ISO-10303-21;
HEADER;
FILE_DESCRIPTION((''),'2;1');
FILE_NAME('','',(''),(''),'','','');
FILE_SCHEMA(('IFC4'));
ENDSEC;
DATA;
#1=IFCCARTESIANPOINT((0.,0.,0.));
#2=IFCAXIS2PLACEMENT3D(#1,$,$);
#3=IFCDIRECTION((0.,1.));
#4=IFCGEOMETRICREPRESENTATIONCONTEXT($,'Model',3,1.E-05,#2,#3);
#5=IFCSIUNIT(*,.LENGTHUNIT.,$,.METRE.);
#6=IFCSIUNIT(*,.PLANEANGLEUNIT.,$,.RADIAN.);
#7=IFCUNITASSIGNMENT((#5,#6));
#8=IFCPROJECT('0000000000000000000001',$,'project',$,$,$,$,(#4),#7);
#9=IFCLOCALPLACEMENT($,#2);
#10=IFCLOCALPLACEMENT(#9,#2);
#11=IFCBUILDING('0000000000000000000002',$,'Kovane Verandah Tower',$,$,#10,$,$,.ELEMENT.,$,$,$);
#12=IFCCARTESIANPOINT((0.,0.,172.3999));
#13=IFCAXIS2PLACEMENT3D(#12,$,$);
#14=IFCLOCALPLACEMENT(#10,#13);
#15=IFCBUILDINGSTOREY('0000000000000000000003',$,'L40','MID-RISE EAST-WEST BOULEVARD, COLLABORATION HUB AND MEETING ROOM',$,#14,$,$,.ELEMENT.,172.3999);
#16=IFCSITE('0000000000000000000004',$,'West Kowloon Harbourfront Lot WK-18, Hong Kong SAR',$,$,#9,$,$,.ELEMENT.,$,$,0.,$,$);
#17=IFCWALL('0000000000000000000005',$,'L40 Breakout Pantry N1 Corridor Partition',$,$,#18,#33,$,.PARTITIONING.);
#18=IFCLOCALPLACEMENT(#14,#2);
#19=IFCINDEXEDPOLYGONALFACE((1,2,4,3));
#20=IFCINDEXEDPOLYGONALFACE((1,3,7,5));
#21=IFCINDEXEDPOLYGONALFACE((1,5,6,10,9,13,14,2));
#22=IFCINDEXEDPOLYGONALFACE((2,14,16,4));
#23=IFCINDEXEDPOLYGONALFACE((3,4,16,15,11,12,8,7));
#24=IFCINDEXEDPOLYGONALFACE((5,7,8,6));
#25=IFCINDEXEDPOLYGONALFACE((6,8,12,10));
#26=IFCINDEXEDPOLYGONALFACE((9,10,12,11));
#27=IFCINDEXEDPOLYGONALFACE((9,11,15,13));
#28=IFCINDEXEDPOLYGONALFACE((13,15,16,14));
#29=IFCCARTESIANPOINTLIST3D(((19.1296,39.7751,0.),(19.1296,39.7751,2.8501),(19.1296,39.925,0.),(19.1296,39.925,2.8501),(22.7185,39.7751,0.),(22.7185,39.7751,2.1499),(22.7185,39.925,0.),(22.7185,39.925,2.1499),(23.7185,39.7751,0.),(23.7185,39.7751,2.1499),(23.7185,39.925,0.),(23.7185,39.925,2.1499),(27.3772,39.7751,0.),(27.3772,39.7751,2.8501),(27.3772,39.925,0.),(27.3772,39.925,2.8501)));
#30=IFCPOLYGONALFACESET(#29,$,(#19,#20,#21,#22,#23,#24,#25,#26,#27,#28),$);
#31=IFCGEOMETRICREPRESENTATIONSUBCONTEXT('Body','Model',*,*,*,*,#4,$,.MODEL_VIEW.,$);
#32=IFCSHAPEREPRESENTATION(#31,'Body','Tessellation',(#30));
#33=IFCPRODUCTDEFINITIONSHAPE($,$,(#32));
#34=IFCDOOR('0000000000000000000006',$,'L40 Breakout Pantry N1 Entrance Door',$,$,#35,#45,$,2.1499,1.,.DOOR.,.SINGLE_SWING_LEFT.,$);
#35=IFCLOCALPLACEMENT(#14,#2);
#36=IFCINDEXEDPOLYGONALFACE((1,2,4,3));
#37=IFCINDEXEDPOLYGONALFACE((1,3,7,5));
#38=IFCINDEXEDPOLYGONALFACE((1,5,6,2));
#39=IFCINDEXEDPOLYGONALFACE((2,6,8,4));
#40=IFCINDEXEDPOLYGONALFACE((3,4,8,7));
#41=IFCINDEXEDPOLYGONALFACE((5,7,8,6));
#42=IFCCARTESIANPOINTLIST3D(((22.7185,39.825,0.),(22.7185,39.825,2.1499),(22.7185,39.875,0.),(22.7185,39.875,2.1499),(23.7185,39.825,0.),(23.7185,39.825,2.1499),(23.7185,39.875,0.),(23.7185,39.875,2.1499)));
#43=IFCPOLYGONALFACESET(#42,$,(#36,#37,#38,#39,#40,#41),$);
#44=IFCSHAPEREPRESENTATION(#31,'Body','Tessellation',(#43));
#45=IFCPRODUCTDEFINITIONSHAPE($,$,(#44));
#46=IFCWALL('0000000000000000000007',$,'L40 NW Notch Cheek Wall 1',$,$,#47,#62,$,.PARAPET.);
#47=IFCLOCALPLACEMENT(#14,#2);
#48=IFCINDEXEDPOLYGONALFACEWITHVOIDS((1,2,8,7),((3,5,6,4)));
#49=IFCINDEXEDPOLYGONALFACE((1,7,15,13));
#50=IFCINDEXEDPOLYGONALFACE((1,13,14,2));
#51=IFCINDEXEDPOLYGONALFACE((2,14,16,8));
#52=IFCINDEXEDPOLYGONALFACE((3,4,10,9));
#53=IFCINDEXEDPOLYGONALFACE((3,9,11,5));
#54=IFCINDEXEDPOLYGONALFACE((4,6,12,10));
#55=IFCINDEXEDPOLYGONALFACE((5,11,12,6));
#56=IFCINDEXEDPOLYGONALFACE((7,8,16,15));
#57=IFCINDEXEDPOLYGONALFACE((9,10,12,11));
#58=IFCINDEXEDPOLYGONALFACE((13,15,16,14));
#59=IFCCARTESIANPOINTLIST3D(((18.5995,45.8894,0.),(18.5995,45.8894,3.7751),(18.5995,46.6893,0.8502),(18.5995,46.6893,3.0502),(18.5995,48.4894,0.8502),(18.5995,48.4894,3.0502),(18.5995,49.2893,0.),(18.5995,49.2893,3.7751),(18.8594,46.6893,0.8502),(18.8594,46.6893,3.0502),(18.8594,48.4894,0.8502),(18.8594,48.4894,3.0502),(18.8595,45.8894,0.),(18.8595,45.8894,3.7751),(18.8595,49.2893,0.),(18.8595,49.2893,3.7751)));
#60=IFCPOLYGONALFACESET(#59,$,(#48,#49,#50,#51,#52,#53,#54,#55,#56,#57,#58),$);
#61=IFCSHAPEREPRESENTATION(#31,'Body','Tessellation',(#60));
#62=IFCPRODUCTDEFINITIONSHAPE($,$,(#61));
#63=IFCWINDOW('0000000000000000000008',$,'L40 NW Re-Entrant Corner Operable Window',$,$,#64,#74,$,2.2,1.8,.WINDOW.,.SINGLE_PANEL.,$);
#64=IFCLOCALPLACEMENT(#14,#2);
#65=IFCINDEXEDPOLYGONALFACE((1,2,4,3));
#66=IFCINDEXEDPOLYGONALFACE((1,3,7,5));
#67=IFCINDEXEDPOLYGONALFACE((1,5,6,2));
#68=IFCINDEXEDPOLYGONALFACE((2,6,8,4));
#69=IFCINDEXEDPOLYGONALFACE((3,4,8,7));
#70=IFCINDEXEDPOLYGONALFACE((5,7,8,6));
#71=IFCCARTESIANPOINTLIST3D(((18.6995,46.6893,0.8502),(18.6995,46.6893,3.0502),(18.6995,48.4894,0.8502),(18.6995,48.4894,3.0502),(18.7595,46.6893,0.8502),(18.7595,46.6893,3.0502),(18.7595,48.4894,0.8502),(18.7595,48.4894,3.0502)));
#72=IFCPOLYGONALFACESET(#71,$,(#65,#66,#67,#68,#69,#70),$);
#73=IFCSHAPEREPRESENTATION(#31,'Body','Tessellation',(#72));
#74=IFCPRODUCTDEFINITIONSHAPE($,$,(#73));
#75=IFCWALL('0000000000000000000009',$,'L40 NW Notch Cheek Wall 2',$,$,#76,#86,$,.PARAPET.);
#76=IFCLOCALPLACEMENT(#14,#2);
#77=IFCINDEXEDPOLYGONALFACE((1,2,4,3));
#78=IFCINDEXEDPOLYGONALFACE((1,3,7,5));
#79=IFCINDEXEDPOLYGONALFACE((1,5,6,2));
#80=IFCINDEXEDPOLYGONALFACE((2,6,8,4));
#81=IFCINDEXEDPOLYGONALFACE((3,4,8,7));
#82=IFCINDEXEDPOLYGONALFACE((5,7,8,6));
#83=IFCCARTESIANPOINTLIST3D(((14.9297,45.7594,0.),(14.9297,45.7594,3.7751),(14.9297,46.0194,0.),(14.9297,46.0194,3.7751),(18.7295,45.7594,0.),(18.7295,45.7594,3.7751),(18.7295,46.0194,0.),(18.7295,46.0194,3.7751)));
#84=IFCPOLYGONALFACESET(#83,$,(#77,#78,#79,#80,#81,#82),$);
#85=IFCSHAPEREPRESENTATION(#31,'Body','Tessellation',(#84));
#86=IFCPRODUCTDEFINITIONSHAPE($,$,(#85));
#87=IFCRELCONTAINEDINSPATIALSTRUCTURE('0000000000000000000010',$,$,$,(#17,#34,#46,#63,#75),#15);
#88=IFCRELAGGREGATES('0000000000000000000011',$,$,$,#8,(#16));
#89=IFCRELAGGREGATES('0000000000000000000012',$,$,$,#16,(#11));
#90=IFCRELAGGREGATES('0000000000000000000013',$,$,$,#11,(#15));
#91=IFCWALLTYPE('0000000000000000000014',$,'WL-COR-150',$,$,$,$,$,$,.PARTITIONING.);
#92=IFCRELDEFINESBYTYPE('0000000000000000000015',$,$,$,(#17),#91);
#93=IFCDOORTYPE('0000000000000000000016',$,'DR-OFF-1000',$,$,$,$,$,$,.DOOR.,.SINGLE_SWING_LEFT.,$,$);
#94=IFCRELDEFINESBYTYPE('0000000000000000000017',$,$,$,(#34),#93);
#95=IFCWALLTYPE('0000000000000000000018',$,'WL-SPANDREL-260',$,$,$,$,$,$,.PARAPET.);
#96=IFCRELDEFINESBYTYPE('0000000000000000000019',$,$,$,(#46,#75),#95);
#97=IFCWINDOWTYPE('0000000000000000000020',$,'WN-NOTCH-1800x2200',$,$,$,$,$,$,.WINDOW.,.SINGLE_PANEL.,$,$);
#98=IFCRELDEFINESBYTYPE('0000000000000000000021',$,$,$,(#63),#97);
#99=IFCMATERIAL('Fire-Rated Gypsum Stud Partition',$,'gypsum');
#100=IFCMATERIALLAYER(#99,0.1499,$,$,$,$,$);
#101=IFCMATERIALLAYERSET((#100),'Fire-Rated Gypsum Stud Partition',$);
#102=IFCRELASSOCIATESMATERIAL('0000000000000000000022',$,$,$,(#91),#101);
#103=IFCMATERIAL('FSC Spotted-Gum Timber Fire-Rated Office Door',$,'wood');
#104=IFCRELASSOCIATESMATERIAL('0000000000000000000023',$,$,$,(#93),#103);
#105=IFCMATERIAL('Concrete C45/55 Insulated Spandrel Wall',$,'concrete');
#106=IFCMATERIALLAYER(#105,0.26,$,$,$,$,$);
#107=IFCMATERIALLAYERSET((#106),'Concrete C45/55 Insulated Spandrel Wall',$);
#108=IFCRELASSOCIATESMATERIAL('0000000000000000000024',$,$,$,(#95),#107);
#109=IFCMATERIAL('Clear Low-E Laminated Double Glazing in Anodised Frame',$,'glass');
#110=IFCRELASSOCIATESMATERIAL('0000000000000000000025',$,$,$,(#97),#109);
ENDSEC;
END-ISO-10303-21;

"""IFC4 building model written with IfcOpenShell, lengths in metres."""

from ifc_helpers import new_model, si_unit, direction, frame, frame_2d, origin, place, context, subcontext, project, spatial, rectangle, extrude, material, layer, layer_set, type_object, element, fill, save


model = new_model("IFC4")

# Units and contexts
model_context = context("Model", 3, precision=1e-05, world=origin(), true_north=direction((0.0, 1.0)))
body_context = subcontext(model_context, "Body", "Model", "MODEL_VIEW")
ifc_project = project(units=[si_unit("LENGTHUNIT", "METRE"), si_unit("PLANEANGLEUNIT", "RADIAN")], contexts=[model_context])

# Site, building, storey
site_placement = place(None, origin())
site = spatial("IfcSite", under=ifc_project, at=site_placement, Name="West Kowloon Harbourfront Lot WK-18, Hong Kong SAR", CompositionType="ELEMENT", RefElevation=0.0)
building_placement = place(site_placement, origin())
building = spatial("IfcBuilding", under=site, at=building_placement, Name="Kovane Verandah Tower", CompositionType="ELEMENT")
storey_placement = place(building_placement, frame((0.0, 0.0, 172.3999)))
storey = spatial("IfcBuildingStorey", under=building, at=storey_placement, Name="L40", Description="MID-RISE EAST-WEST BOULEVARD, COLLABORATION HUB AND MEETING ROOM", CompositionType="ELEMENT", Elevation=172.3999)

# Wall, opening, door
ifc_material_1 = material(Name="Fire-Rated Gypsum Stud Partition", Category="gypsum")
ifc_layer_1 = layer(ifc_material_1, 0.1499)
ifc_layer_set_1 = layer_set([ifc_layer_1], Name="Fire-Rated Gypsum Stud Partition")
wall_type_1 = type_object("IfcWallType", Name="WL-COR-150", PredefinedType="PARTITIONING", material=ifc_layer_set_1)
wall_1_placement = place(storey_placement, frame((19.1296, 39.8501, 0.0), z_axis=(0.0, 0.0, 1.0), x_axis=(1.0, 0.0, 0.0)))
wall_1 = element("IfcWall", 1, at=wall_1_placement, inside=storey, type_object=wall_type_1, Name="L40 Breakout Pantry N1 Corridor Partition", PredefinedType="PARTITIONING", context=body_context, shape_type="SweptSolid", body=[
    extrude(rectangle(XDim=8.2476, YDim=0.1499, at=frame_2d((4.1238, 0.0))), origin(), (0.0, 0.0, 1.0), 2.8501),
])
opening_1_placement = place(wall_1_placement, frame((3.5889, 0.0, 0.0)))
opening_1 = element("IfcOpeningElement", 2, at=opening_1_placement, cuts=wall_1, PredefinedType="OPENING", context=body_context, shape_type="SweptSolid", body=[
    extrude(rectangle(XDim=1.0, YDim=2.1499, at=frame_2d((0.5, 1.075))), frame((0.0, 0.075, 0.0), z_axis=(0.0, -1.0, 0.0), x_axis=(1.0, 0.0, 0.0)), (0.0, 0.0, 1.0), 0.1499),
])
ifc_material_2 = material(Name="FSC Spotted-Gum Timber Fire-Rated Office Door", Category="wood")
door_type = type_object("IfcDoorType", Name="DR-OFF-1000", OperationType="SINGLE_SWING_LEFT", PredefinedType="DOOR", material=ifc_material_2)
door_placement = place(opening_1_placement, origin())
door = element("IfcDoor", 3, at=door_placement, inside=storey, type_object=door_type, Name="L40 Breakout Pantry N1 Entrance Door", OperationType="SINGLE_SWING_LEFT", OverallHeight=2.1499, OverallWidth=1.0, PredefinedType="DOOR", context=body_context, shape_type="SweptSolid", body=[
    extrude(rectangle(XDim=1.0, YDim=2.1499, at=frame_2d((0.5, 1.075))), frame((0.0, 0.0249, 0.0), z_axis=(0.0, -1.0, 0.0), x_axis=(1.0, 0.0, 0.0)), (0.0, 0.0, 1.0), 0.05),
])
fill(opening_1, door)

# Wall, opening, window
ifc_material_3 = material(Name="Concrete C45/55 Insulated Spandrel Wall", Category="concrete")
ifc_layer_2 = layer(ifc_material_3, 0.26)
ifc_layer_set_2 = layer_set([ifc_layer_2], Name="Concrete C45/55 Insulated Spandrel Wall")
wall_type_2 = type_object("IfcWallType", Name="WL-SPANDREL-260", PredefinedType="PARAPET", material=ifc_layer_set_2)
wall_2_placement = place(storey_placement, frame((18.7295, 49.2893, 0.0), z_axis=(0.0, 0.0, 1.0), x_axis=(0.0, -1.0, 0.0)))
wall_2 = element("IfcWall", 4, at=wall_2_placement, inside=storey, type_object=wall_type_2, Name="L40 NW Notch Cheek Wall 1", PredefinedType="PARAPET", context=body_context, shape_type="SweptSolid", body=[
    extrude(rectangle(XDim=3.3999, YDim=0.26, at=frame_2d((1.7, 0.0))), origin(), (0.0, 0.0, 1.0), 3.7751),
])
opening_2_placement = place(wall_2_placement, frame((0.8, 0.0, 0.8501)))
opening_2 = element("IfcOpeningElement", 5, at=opening_2_placement, cuts=wall_2, PredefinedType="OPENING", context=body_context, shape_type="SweptSolid", body=[
    extrude(rectangle(XDim=1.8, YDim=2.2, at=frame_2d((0.8999, 1.1001))), frame((0.0, 0.1299, 0.0), z_axis=(0.0, -1.0, 0.0), x_axis=(1.0, 0.0, 0.0)), (0.0, 0.0, 1.0), 0.26),
])
ifc_material_4 = material(Name="Clear Low-E Laminated Double Glazing in Anodised Frame", Category="glass")
window_type = type_object("IfcWindowType", Name="WN-NOTCH-1800x2200", PartitioningType="SINGLE_PANEL", PredefinedType="WINDOW", material=ifc_material_4)
window_placement = place(opening_2_placement, origin())
window = element("IfcWindow", 6, at=window_placement, inside=storey, type_object=window_type, Name="L40 NW Re-Entrant Corner Operable Window", OverallHeight=2.2, OverallWidth=1.8, PartitioningType="SINGLE_PANEL", PredefinedType="WINDOW", context=body_context, shape_type="SweptSolid", body=[
    extrude(rectangle(XDim=1.8, YDim=2.2, at=frame_2d((0.8999, 1.1001))), frame((0.0, 0.03, 0.0), z_axis=(0.0, -1.0, 0.0), x_axis=(1.0, 0.0, 0.0)), (0.0, 0.0, 1.0), 0.0601),
])
fill(opening_2, window)

# Wall
wall_3_placement = place(storey_placement, frame((18.7295, 45.8894, 0.0), z_axis=(0.0, 0.0, 1.0), x_axis=(-1.0, 0.0, 0.0)))
element("IfcWall", 7, at=wall_3_placement, inside=storey, type_object=wall_type_2, Name="L40 NW Notch Cheek Wall 2", PredefinedType="PARAPET", context=body_context, shape_type="SweptSolid", body=[
    extrude(rectangle(XDim=3.7998, YDim=0.26, at=frame_2d((1.8999, 0.0))), origin(), (0.0, 0.0, 1.0), 3.7751),
])

save(model, "model.ifc")
